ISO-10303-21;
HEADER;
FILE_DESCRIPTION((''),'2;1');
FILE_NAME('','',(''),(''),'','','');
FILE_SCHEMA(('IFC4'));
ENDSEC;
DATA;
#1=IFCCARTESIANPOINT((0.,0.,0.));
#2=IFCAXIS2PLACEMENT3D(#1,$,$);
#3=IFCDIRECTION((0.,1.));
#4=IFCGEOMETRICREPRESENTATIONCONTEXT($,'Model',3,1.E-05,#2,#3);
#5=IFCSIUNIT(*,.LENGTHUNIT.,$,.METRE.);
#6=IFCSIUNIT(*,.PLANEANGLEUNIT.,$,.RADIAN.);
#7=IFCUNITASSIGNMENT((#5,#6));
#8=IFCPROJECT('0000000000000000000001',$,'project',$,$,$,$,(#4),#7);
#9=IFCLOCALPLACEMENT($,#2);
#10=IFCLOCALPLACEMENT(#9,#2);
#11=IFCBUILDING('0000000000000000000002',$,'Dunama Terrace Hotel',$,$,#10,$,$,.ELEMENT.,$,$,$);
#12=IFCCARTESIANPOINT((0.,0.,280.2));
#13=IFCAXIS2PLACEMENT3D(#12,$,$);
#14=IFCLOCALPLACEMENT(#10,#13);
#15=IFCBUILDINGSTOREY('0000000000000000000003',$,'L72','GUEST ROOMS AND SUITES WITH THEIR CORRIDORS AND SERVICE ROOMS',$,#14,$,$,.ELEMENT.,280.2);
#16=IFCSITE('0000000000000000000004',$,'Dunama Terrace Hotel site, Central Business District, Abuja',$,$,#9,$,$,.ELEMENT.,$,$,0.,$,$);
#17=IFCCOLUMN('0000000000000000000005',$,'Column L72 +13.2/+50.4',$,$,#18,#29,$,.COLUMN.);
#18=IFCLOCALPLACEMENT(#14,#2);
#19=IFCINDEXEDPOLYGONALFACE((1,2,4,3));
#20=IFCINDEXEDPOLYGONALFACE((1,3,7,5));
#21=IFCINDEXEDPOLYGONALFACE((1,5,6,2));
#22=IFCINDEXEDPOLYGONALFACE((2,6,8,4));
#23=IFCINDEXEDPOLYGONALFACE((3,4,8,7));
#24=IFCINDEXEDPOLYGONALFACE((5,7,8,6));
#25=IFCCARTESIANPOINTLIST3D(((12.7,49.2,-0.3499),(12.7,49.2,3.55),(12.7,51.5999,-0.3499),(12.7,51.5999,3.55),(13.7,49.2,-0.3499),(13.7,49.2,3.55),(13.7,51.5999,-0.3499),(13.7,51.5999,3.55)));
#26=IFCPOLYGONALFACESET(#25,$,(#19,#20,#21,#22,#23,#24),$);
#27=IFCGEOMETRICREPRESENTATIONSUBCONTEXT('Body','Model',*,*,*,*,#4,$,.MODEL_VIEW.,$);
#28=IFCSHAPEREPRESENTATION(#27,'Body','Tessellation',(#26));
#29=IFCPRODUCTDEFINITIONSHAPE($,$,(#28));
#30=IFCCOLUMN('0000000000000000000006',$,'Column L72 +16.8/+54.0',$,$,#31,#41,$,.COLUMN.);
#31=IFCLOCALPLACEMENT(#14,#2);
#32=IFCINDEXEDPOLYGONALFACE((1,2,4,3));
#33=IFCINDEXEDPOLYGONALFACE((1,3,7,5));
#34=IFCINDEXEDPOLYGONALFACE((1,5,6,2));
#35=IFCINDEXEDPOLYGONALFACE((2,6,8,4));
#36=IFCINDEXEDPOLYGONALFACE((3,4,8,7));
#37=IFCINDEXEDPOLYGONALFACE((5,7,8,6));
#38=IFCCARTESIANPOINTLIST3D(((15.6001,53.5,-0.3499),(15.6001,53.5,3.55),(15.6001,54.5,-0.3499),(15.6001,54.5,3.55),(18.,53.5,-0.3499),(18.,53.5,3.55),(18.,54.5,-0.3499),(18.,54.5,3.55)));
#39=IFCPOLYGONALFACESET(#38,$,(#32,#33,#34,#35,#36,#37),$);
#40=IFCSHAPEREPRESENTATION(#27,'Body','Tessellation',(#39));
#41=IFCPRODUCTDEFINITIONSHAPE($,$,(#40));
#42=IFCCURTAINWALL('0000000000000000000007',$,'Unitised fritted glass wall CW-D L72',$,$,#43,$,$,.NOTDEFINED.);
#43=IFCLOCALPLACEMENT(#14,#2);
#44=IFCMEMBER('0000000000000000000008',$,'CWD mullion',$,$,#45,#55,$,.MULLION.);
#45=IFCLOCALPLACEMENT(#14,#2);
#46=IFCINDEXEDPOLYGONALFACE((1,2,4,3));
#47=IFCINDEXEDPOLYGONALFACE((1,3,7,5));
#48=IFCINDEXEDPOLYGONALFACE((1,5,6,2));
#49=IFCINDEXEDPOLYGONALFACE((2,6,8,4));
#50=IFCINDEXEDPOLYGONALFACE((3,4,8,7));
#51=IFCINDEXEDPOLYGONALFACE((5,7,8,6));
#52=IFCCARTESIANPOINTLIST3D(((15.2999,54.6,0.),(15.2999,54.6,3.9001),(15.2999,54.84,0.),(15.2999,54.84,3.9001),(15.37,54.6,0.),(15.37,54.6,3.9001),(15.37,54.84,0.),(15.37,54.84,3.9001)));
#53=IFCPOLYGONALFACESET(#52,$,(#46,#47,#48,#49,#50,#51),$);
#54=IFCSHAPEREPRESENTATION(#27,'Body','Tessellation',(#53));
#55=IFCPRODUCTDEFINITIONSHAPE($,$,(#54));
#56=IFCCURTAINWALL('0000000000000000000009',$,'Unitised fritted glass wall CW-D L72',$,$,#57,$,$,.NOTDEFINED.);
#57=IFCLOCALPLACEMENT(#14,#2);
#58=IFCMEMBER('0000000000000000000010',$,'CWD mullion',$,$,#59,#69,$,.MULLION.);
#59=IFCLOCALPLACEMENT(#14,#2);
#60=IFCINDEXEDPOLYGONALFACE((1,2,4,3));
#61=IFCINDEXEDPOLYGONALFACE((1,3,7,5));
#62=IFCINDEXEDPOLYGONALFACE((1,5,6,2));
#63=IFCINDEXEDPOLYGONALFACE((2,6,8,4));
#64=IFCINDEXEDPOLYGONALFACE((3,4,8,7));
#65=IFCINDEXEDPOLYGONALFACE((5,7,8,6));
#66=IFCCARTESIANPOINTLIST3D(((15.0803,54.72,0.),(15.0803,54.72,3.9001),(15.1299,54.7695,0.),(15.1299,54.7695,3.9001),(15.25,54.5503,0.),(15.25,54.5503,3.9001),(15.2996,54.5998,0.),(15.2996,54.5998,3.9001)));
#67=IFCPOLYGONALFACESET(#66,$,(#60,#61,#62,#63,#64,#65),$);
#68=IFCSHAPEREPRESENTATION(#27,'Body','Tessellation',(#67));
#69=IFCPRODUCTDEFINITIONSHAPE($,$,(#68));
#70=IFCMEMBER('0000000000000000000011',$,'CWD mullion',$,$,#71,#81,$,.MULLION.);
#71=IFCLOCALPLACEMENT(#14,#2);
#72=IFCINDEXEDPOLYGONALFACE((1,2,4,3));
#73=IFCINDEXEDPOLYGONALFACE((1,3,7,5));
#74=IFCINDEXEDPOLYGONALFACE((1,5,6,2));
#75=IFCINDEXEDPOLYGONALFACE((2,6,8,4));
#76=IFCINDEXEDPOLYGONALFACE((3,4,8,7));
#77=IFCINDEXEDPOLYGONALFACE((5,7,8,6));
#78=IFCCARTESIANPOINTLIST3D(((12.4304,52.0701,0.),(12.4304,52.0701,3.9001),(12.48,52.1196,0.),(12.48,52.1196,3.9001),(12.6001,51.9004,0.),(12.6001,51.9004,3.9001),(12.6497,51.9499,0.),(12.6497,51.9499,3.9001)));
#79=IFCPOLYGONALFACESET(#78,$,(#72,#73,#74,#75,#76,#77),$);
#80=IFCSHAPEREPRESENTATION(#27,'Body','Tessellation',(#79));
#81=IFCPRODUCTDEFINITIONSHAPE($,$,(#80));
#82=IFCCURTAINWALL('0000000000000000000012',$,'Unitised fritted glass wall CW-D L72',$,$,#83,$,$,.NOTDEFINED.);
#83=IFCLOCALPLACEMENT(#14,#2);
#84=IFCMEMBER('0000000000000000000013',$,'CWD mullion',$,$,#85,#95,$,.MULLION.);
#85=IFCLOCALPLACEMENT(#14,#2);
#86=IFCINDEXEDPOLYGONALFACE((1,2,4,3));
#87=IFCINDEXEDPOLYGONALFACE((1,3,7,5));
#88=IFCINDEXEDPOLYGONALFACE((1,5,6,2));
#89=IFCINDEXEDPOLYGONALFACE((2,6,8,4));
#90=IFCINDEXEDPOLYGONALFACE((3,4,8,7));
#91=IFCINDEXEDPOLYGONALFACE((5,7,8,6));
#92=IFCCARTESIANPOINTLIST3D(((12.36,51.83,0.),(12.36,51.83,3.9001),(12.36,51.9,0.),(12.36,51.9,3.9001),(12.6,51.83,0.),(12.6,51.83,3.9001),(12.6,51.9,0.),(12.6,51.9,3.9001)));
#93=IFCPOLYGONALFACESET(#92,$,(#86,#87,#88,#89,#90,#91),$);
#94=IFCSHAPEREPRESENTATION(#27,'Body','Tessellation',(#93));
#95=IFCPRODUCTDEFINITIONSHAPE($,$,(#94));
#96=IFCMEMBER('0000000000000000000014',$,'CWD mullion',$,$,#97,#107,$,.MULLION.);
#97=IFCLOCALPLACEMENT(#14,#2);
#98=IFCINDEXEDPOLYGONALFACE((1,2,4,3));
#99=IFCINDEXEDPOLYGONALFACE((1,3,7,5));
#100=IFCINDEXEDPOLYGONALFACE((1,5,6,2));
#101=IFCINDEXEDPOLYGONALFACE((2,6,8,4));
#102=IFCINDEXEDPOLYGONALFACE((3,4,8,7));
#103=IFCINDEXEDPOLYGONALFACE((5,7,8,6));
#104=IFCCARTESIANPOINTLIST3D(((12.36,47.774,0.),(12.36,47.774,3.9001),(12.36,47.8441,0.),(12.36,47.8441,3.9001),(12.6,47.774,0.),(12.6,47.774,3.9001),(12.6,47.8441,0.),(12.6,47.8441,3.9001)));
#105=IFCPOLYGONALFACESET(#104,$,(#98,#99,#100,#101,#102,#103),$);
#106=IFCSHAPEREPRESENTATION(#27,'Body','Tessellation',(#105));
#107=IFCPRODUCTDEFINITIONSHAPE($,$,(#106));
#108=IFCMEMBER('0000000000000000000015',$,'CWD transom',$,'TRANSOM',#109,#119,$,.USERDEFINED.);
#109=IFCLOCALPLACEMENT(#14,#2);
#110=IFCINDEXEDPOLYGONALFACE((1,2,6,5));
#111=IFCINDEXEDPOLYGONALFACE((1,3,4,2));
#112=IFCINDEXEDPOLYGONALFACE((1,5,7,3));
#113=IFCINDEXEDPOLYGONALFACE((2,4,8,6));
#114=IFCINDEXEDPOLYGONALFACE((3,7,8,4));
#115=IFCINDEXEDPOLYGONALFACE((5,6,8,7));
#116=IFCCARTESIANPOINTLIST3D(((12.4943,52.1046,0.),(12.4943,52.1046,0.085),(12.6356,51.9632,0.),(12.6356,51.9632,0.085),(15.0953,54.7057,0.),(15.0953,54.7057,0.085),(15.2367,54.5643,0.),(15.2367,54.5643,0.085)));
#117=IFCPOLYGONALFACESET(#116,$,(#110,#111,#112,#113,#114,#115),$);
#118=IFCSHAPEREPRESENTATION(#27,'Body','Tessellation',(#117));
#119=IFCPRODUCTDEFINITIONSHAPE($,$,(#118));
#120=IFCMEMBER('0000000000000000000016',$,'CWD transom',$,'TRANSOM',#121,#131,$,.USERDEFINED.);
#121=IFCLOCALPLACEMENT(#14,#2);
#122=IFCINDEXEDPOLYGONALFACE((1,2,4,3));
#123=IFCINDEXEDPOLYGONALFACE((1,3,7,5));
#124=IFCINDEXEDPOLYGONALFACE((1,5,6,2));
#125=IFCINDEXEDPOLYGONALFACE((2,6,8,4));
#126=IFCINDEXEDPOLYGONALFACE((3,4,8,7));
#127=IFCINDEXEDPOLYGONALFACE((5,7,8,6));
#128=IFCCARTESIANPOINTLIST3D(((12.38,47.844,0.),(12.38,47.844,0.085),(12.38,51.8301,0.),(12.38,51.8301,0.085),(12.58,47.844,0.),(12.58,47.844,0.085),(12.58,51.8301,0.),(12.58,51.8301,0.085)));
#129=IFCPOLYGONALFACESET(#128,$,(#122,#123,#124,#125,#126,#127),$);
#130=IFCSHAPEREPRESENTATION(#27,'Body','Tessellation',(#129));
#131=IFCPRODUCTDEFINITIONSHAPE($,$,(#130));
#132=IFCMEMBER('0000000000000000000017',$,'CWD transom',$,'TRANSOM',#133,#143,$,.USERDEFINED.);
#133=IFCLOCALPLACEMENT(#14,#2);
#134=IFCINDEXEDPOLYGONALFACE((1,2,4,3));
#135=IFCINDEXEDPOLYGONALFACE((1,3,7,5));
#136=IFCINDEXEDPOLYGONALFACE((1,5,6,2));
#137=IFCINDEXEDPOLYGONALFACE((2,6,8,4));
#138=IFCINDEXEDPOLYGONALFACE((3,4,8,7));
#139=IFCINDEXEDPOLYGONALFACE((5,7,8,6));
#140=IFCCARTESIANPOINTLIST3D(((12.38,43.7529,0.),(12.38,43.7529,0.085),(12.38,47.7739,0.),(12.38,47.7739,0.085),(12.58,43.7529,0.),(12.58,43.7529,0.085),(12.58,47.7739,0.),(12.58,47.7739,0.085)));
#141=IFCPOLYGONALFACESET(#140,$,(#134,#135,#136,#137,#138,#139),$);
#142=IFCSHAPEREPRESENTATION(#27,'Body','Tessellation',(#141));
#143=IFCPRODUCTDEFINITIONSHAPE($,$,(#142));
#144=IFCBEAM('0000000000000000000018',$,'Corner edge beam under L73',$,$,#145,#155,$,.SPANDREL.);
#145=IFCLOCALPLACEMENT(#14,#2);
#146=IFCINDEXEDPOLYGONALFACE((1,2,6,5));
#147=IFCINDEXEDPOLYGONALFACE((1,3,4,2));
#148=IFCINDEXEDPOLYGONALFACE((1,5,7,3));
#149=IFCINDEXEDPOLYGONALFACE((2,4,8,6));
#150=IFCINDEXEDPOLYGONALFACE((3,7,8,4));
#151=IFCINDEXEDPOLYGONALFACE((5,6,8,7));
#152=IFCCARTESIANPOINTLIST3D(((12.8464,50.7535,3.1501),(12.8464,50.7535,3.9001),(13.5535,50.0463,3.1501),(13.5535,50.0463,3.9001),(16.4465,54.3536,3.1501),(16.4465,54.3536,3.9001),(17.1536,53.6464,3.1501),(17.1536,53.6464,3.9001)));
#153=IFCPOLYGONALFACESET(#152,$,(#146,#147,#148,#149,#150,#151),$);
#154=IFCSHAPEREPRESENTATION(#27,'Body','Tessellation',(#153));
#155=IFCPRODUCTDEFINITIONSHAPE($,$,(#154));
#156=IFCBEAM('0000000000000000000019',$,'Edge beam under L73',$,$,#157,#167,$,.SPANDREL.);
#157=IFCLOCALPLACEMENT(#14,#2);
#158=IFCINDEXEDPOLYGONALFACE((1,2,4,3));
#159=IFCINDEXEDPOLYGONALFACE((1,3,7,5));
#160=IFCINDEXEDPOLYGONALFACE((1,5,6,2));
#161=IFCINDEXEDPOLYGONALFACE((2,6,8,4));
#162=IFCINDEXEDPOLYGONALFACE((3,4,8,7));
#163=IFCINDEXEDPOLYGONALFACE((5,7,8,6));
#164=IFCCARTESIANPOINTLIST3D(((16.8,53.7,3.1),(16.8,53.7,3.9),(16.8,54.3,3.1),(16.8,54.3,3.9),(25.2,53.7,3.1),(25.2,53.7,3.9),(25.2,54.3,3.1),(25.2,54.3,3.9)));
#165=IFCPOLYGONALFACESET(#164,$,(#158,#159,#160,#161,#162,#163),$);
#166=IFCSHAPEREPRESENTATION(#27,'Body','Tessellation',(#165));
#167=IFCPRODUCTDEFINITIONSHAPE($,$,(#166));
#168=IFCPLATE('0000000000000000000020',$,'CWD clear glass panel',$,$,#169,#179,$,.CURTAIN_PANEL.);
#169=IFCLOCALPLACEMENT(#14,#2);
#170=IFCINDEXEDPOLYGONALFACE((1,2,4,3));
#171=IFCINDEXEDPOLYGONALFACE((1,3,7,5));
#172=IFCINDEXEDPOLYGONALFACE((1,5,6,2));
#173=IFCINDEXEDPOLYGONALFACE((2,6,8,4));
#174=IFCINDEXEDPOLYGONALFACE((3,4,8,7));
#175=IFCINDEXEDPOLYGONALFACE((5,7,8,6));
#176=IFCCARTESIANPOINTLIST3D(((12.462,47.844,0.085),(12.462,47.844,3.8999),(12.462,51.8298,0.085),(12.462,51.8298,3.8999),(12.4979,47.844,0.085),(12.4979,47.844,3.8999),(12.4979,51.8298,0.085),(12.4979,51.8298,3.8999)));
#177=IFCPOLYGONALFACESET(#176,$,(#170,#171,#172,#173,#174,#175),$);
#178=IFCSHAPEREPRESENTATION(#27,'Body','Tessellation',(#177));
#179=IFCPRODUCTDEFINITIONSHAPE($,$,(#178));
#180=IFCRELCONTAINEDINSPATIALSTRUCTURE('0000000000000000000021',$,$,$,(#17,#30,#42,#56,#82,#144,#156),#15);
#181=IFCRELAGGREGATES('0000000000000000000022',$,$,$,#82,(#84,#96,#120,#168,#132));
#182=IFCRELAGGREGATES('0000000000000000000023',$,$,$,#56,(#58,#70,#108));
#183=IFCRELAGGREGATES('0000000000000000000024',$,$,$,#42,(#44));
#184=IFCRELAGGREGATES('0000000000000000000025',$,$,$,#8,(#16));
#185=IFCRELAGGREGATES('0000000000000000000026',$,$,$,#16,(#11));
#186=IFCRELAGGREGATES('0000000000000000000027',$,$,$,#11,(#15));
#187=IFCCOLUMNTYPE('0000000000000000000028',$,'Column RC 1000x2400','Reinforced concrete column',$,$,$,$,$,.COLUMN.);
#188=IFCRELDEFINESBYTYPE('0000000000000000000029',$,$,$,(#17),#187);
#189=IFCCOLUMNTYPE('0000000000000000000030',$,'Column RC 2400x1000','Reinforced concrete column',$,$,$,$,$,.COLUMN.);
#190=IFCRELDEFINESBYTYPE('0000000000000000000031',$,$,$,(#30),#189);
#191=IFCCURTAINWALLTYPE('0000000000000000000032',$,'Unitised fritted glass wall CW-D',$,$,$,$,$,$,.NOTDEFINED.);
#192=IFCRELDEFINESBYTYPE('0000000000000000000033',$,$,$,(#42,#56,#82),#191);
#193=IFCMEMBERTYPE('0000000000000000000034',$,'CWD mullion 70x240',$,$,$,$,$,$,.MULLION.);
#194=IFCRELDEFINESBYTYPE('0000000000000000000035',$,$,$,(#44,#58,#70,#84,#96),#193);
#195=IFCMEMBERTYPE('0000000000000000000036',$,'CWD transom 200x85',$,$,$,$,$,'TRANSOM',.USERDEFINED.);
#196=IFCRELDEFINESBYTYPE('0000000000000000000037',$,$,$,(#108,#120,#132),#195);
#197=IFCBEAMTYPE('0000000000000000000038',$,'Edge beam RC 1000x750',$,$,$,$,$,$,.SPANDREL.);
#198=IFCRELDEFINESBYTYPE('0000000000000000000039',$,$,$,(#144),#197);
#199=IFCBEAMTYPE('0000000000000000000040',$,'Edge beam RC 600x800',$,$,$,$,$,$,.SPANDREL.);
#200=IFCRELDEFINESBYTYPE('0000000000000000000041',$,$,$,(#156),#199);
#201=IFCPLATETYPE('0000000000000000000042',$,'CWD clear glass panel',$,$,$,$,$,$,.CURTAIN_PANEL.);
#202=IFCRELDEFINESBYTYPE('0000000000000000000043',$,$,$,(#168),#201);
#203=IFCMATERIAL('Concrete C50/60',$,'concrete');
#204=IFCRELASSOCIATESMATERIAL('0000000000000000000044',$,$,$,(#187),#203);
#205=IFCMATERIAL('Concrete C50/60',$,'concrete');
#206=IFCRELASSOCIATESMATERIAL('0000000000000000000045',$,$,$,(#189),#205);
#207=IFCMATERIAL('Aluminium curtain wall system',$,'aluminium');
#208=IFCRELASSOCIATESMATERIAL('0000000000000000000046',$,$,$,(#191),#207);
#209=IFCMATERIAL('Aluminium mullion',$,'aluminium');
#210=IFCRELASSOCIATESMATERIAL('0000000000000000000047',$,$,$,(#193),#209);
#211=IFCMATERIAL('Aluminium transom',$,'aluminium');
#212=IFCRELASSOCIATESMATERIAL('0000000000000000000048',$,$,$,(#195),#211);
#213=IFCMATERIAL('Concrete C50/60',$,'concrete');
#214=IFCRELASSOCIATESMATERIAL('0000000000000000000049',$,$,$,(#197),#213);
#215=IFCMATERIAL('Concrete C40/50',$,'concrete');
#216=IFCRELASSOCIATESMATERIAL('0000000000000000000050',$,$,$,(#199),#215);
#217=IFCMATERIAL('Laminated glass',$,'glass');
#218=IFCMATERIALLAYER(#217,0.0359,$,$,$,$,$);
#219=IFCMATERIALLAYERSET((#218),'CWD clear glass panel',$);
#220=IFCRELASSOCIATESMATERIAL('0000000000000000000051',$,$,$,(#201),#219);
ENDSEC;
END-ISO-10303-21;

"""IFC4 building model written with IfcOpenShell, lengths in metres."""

from ifc_helpers import new_model, si_unit, direction, frame, origin, origin_2d, place, context, subcontext, project, spatial, rectangle, extrude, material, layer, layer_set, material_profile, profile_set, type_object, element, aggregate, save


model = new_model("IFC4")

# Units and contexts
model_context = context("Model", 3, precision=1e-05, world=origin(), true_north=direction((0.0, 1.0)))
body_context = subcontext(model_context, "Body", "Model", "MODEL_VIEW")
ifc_project = project(units=[si_unit("LENGTHUNIT", "METRE"), si_unit("PLANEANGLEUNIT", "RADIAN")], contexts=[model_context])

# Site, building, storey
site_placement = place(None, origin())
site = spatial("IfcSite", under=ifc_project, at=site_placement, Name="Dunama Terrace Hotel site, Central Business District, Abuja", CompositionType="ELEMENT", RefElevation=0.0)
building_placement = place(site_placement, origin())
building = spatial("IfcBuilding", under=site, at=building_placement, Name="Dunama Terrace Hotel", CompositionType="ELEMENT")
storey_placement = place(building_placement, frame((0.0, 0.0, 280.2)))
storey = spatial("IfcBuildingStorey", under=building, at=storey_placement, Name="L72", Description="GUEST ROOMS AND SUITES WITH THEIR CORRIDORS AND SERVICE ROOMS", CompositionType="ELEMENT", Elevation=280.2)

# Columns
ifc_material_1 = material(Name="Concrete C50/60", Category="concrete")
ifc_material_profile_1 = material_profile(ifc_material_1, rectangle(XDim=1.0, YDim=2.3999, at=origin_2d()), Name="RC 1000x2400")
ifc_profile_set_1 = profile_set([ifc_material_profile_1], Name="Concrete C50/60")
column_type_1 = type_object("IfcColumnType", Name="Column RC 1000x2400", Description="Reinforced concrete column", PredefinedType="COLUMN", material=ifc_profile_set_1)
column_1_placement = place(storey_placement, frame((13.2, 50.3999, -0.3499), z_axis=(0.0, 0.0, 1.0), x_axis=(1.0, 0.0, 0.0)))
element("IfcColumn", 1, at=column_1_placement, inside=storey, type_object=column_type_1, Name="Column L72 +13.2/+50.4", PredefinedType="COLUMN", context=body_context, shape_type="SweptSolid", body=[
    extrude(rectangle(XDim=1.0, YDim=2.3999, at=origin_2d()), origin(), (0.0, 0.0, 1.0), 3.8999),
])
ifc_material_2 = material(Name="Concrete C50/60", Category="concrete")
ifc_material_profile_2 = material_profile(ifc_material_2, rectangle(XDim=2.3999, YDim=1.0, at=origin_2d()), Name="RC 2400x1000")
ifc_profile_set_2 = profile_set([ifc_material_profile_2], Name="Concrete C50/60")
column_type_2 = type_object("IfcColumnType", Name="Column RC 2400x1000", Description="Reinforced concrete column", PredefinedType="COLUMN", material=ifc_profile_set_2)
column_2_placement = place(storey_placement, frame((16.8, 54.0, -0.3499), z_axis=(0.0, 0.0, 1.0), x_axis=(1.0, 0.0, 0.0)))
element("IfcColumn", 2, at=column_2_placement, inside=storey, type_object=column_type_2, Name="Column L72 +16.8/+54.0", PredefinedType="COLUMN", context=body_context, shape_type="SweptSolid", body=[
    extrude(rectangle(XDim=2.3999, YDim=1.0, at=origin_2d()), origin(), (0.0, 0.0, 1.0), 3.8999),
])

# Curtain wall, member
ifc_material_3 = material(Name="Aluminium curtain wall system", Category="aluminium")
curtain_wall_type = type_object("IfcCurtainWallType", Name="Unitised fritted glass wall CW-D", PredefinedType="NOTDEFINED", material=ifc_material_3)
curtain_wall_1_placement = place(storey_placement, origin())
curtain_wall_1 = element("IfcCurtainWall", 3, at=curtain_wall_1_placement, inside=storey, type_object=curtain_wall_type, Name="Unitised fritted glass wall CW-D L72", PredefinedType="NOTDEFINED")
ifc_material_4 = material(Name="Aluminium mullion", Category="aluminium")
ifc_material_profile_3 = material_profile(ifc_material_4, rectangle(XDim=0.0701, YDim=0.24, at=origin_2d()), Name="CWD MULLION 70X240")
ifc_profile_set_3 = profile_set([ifc_material_profile_3], Name="Aluminium mullion")
member_type_1 = type_object("IfcMemberType", Name="CWD mullion 70x240", PredefinedType="MULLION", material=ifc_profile_set_3)
member_1_placement = place(storey_placement, frame((15.335, 54.72, 0.0), z_axis=(0.0, 0.0, 1.0), x_axis=(-1.0, 0.0, 0.0)))
member_1 = element("IfcMember", 4, at=member_1_placement, type_object=member_type_1, Name="CWD mullion", PredefinedType="MULLION", context=body_context, shape_type="SweptSolid", body=[
    extrude(rectangle(XDim=0.0701, YDim=0.24, at=origin_2d()), origin(), (0.0, 0.0, 1.0), 3.9001),
])

# Curtain walls, members
curtain_wall_2_placement = place(storey_placement, origin())
curtain_wall_2 = element("IfcCurtainWall", 5, at=curtain_wall_2_placement, inside=storey, type_object=curtain_wall_type, Name="Unitised fritted glass wall CW-D L72", PredefinedType="NOTDEFINED")
member_2_placement = place(storey_placement, frame((15.1899, 54.6599, 0.0), z_axis=(0.0, 0.0, 1.0), x_axis=(-0.707107, -0.707107, 0.0)))
member_2 = element("IfcMember", 6, at=member_2_placement, type_object=member_type_1, Name="CWD mullion", PredefinedType="MULLION", context=body_context, shape_type="SweptSolid", body=[
    extrude(rectangle(XDim=0.0701, YDim=0.24, at=origin_2d()), origin(), (0.0, 0.0, 1.0), 3.9001),
])
member_3_placement = place(storey_placement, frame((12.54, 52.01, 0.0), z_axis=(0.0, 0.0, 1.0), x_axis=(-0.707107, -0.707107, 0.0)))
member_3 = element("IfcMember", 7, at=member_3_placement, type_object=member_type_1, Name="CWD mullion", PredefinedType="MULLION", context=body_context, shape_type="SweptSolid", body=[
    extrude(rectangle(XDim=0.0701, YDim=0.24, at=origin_2d()), origin(), (0.0, 0.0, 1.0), 3.9001),
])
curtain_wall_3_placement = place(storey_placement, origin())
curtain_wall_3 = element("IfcCurtainWall", 8, at=curtain_wall_3_placement, inside=storey, type_object=curtain_wall_type, Name="Unitised fritted glass wall CW-D L72", PredefinedType="NOTDEFINED")
member_4_placement = place(storey_placement, frame((12.48, 51.865, 0.0), z_axis=(0.0, 0.0, 1.0), x_axis=(0.0, -1.0, 0.0)))
member_4 = element("IfcMember", 9, at=member_4_placement, type_object=member_type_1, Name="CWD mullion", PredefinedType="MULLION", context=body_context, shape_type="SweptSolid", body=[
    extrude(rectangle(XDim=0.0701, YDim=0.24, at=origin_2d()), origin(), (0.0, 0.0, 1.0), 3.9001),
])
member_5_placement = place(storey_placement, frame((12.48, 47.8091, 0.0), z_axis=(0.0, 0.0, 1.0), x_axis=(0.0, -1.0, 0.0)))
member_5 = element("IfcMember", 10, at=member_5_placement, type_object=member_type_1, Name="CWD mullion", PredefinedType="MULLION", context=body_context, shape_type="SweptSolid", body=[
    extrude(rectangle(XDim=0.0701, YDim=0.24, at=origin_2d()), origin(), (0.0, 0.0, 1.0), 3.9001),
])

# Members
ifc_material_5 = material(Name="Aluminium transom", Category="aluminium")
ifc_material_profile_4 = material_profile(ifc_material_5, rectangle(XDim=0.2, YDim=0.085, at=origin_2d()), Name="CWD TRANSOM 200X85")
ifc_profile_set_4 = profile_set([ifc_material_profile_4], Name="Aluminium transom")
member_type_2 = type_object("IfcMemberType", Name="CWD transom 200x85", ElementType="TRANSOM", PredefinedType="USERDEFINED", material=ifc_profile_set_4)
member_6_placement = place(storey_placement, frame((15.166, 54.635, 0.0425), z_axis=(-0.707107, -0.707107, 0.0), x_axis=(0.707107, -0.707107, 0.0)))
member_6 = element("IfcMember", 11, at=member_6_placement, type_object=member_type_2, Name="CWD transom", ObjectType="TRANSOM", PredefinedType="USERDEFINED", context=body_context, shape_type="SweptSolid", body=[
    extrude(rectangle(XDim=0.2, YDim=0.085, at=origin_2d()), origin(), (0.0, 0.0, 1.0), 3.6785),
])
member_7_placement = place(storey_placement, frame((12.48, 51.8301, 0.0425), z_axis=(0.0, -1.0, 0.0), x_axis=(1.0, 0.0, 0.0)))
member_7 = element("IfcMember", 12, at=member_7_placement, type_object=member_type_2, Name="CWD transom", ObjectType="TRANSOM", PredefinedType="USERDEFINED", context=body_context, shape_type="SweptSolid", body=[
    extrude(rectangle(XDim=0.2, YDim=0.085, at=origin_2d()), origin(), (0.0, 0.0, 1.0), 3.9861),
])
member_8_placement = place(storey_placement, frame((12.48, 47.7739, 0.0425), z_axis=(0.0, -1.0, 0.0), x_axis=(1.0, 0.0, 0.0)))
member_8 = element("IfcMember", 13, at=member_8_placement, type_object=member_type_2, Name="CWD transom", ObjectType="TRANSOM", PredefinedType="USERDEFINED", context=body_context, shape_type="SweptSolid", body=[
    extrude(rectangle(XDim=0.2, YDim=0.085, at=origin_2d()), origin(), (0.0, 0.0, 1.0), 4.021),
])

# Beams
ifc_material_6 = material(Name="Concrete C50/60", Category="concrete")
ifc_material_profile_5 = material_profile(ifc_material_6, rectangle(XDim=1.0, YDim=0.75, at=origin_2d()), Name="RC 1000x750")
ifc_profile_set_5 = profile_set([ifc_material_profile_5], Name="Concrete C50/60")
beam_type_1 = type_object("IfcBeamType", Name="Edge beam RC 1000x750", PredefinedType="SPANDREL", material=ifc_profile_set_5)
beam_1_placement = place(storey_placement, frame((16.8, 54.0, 3.5251), z_axis=(-0.707107, -0.707107, 0.0), x_axis=(0.707107, -0.707107, 0.0)))
element("IfcBeam", 14, at=beam_1_placement, inside=storey, type_object=beam_type_1, Name="Corner edge beam under L73", PredefinedType="SPANDREL", context=body_context, shape_type="SweptSolid", body=[
    extrude(rectangle(XDim=1.0, YDim=0.75, at=origin_2d()), origin(), (0.0, 0.0, 1.0), 5.0913),
])
ifc_material_7 = material(Name="Concrete C40/50", Category="concrete")
ifc_material_profile_6 = material_profile(ifc_material_7, rectangle(XDim=0.6001, YDim=0.8, at=origin_2d()), Name="RC 600x800")
ifc_profile_set_6 = profile_set([ifc_material_profile_6], Name="Concrete C40/50")
beam_type_2 = type_object("IfcBeamType", Name="Edge beam RC 600x800", PredefinedType="SPANDREL", material=ifc_profile_set_6)
beam_2_placement = place(storey_placement, frame((16.8, 54.0, 3.5), z_axis=(1.0, 0.0, 0.0), x_axis=(0.0, 1.0, 0.0)))
element("IfcBeam", 15, at=beam_2_placement, inside=storey, type_object=beam_type_2, Name="Edge beam under L73", PredefinedType="SPANDREL", context=body_context, shape_type="SweptSolid", body=[
    extrude(rectangle(XDim=0.6001, YDim=0.8, at=origin_2d()), origin(), (0.0, 0.0, 1.0), 8.3999),
])

# Plate
ifc_material_8 = material(Name="Laminated glass", Category="glass")
ifc_layer_1 = layer(ifc_material_8, 0.0359)
ifc_layer_set_1 = layer_set([ifc_layer_1], Name="CWD clear glass panel")
plate_type_1 = type_object("IfcPlateType", Name="CWD clear glass panel", PredefinedType="CURTAIN_PANEL", material=ifc_layer_set_1)
plate_1_placement = place(storey_placement, frame((12.48, 49.8369, 0.085), z_axis=(0.0, 0.0, 1.0), x_axis=(0.0, -1.0, 0.0)))
plate_1 = element("IfcPlate", 16, at=plate_1_placement, type_object=plate_type_1, Name="CWD clear glass panel", PredefinedType="CURTAIN_PANEL", context=body_context, shape_type="SweptSolid", body=[
    extrude(rectangle(XDim=3.9858, YDim=0.0359, at=origin_2d()), origin(), (0.0, 0.0, 1.0), 3.8149),
])
aggregate(curtain_wall_3, [member_4, member_5, member_7, plate_1, member_8])
aggregate(curtain_wall_2, [member_2, member_3, member_6])
aggregate(curtain_wall_1, [member_1])

save(model, "model.ifc")
